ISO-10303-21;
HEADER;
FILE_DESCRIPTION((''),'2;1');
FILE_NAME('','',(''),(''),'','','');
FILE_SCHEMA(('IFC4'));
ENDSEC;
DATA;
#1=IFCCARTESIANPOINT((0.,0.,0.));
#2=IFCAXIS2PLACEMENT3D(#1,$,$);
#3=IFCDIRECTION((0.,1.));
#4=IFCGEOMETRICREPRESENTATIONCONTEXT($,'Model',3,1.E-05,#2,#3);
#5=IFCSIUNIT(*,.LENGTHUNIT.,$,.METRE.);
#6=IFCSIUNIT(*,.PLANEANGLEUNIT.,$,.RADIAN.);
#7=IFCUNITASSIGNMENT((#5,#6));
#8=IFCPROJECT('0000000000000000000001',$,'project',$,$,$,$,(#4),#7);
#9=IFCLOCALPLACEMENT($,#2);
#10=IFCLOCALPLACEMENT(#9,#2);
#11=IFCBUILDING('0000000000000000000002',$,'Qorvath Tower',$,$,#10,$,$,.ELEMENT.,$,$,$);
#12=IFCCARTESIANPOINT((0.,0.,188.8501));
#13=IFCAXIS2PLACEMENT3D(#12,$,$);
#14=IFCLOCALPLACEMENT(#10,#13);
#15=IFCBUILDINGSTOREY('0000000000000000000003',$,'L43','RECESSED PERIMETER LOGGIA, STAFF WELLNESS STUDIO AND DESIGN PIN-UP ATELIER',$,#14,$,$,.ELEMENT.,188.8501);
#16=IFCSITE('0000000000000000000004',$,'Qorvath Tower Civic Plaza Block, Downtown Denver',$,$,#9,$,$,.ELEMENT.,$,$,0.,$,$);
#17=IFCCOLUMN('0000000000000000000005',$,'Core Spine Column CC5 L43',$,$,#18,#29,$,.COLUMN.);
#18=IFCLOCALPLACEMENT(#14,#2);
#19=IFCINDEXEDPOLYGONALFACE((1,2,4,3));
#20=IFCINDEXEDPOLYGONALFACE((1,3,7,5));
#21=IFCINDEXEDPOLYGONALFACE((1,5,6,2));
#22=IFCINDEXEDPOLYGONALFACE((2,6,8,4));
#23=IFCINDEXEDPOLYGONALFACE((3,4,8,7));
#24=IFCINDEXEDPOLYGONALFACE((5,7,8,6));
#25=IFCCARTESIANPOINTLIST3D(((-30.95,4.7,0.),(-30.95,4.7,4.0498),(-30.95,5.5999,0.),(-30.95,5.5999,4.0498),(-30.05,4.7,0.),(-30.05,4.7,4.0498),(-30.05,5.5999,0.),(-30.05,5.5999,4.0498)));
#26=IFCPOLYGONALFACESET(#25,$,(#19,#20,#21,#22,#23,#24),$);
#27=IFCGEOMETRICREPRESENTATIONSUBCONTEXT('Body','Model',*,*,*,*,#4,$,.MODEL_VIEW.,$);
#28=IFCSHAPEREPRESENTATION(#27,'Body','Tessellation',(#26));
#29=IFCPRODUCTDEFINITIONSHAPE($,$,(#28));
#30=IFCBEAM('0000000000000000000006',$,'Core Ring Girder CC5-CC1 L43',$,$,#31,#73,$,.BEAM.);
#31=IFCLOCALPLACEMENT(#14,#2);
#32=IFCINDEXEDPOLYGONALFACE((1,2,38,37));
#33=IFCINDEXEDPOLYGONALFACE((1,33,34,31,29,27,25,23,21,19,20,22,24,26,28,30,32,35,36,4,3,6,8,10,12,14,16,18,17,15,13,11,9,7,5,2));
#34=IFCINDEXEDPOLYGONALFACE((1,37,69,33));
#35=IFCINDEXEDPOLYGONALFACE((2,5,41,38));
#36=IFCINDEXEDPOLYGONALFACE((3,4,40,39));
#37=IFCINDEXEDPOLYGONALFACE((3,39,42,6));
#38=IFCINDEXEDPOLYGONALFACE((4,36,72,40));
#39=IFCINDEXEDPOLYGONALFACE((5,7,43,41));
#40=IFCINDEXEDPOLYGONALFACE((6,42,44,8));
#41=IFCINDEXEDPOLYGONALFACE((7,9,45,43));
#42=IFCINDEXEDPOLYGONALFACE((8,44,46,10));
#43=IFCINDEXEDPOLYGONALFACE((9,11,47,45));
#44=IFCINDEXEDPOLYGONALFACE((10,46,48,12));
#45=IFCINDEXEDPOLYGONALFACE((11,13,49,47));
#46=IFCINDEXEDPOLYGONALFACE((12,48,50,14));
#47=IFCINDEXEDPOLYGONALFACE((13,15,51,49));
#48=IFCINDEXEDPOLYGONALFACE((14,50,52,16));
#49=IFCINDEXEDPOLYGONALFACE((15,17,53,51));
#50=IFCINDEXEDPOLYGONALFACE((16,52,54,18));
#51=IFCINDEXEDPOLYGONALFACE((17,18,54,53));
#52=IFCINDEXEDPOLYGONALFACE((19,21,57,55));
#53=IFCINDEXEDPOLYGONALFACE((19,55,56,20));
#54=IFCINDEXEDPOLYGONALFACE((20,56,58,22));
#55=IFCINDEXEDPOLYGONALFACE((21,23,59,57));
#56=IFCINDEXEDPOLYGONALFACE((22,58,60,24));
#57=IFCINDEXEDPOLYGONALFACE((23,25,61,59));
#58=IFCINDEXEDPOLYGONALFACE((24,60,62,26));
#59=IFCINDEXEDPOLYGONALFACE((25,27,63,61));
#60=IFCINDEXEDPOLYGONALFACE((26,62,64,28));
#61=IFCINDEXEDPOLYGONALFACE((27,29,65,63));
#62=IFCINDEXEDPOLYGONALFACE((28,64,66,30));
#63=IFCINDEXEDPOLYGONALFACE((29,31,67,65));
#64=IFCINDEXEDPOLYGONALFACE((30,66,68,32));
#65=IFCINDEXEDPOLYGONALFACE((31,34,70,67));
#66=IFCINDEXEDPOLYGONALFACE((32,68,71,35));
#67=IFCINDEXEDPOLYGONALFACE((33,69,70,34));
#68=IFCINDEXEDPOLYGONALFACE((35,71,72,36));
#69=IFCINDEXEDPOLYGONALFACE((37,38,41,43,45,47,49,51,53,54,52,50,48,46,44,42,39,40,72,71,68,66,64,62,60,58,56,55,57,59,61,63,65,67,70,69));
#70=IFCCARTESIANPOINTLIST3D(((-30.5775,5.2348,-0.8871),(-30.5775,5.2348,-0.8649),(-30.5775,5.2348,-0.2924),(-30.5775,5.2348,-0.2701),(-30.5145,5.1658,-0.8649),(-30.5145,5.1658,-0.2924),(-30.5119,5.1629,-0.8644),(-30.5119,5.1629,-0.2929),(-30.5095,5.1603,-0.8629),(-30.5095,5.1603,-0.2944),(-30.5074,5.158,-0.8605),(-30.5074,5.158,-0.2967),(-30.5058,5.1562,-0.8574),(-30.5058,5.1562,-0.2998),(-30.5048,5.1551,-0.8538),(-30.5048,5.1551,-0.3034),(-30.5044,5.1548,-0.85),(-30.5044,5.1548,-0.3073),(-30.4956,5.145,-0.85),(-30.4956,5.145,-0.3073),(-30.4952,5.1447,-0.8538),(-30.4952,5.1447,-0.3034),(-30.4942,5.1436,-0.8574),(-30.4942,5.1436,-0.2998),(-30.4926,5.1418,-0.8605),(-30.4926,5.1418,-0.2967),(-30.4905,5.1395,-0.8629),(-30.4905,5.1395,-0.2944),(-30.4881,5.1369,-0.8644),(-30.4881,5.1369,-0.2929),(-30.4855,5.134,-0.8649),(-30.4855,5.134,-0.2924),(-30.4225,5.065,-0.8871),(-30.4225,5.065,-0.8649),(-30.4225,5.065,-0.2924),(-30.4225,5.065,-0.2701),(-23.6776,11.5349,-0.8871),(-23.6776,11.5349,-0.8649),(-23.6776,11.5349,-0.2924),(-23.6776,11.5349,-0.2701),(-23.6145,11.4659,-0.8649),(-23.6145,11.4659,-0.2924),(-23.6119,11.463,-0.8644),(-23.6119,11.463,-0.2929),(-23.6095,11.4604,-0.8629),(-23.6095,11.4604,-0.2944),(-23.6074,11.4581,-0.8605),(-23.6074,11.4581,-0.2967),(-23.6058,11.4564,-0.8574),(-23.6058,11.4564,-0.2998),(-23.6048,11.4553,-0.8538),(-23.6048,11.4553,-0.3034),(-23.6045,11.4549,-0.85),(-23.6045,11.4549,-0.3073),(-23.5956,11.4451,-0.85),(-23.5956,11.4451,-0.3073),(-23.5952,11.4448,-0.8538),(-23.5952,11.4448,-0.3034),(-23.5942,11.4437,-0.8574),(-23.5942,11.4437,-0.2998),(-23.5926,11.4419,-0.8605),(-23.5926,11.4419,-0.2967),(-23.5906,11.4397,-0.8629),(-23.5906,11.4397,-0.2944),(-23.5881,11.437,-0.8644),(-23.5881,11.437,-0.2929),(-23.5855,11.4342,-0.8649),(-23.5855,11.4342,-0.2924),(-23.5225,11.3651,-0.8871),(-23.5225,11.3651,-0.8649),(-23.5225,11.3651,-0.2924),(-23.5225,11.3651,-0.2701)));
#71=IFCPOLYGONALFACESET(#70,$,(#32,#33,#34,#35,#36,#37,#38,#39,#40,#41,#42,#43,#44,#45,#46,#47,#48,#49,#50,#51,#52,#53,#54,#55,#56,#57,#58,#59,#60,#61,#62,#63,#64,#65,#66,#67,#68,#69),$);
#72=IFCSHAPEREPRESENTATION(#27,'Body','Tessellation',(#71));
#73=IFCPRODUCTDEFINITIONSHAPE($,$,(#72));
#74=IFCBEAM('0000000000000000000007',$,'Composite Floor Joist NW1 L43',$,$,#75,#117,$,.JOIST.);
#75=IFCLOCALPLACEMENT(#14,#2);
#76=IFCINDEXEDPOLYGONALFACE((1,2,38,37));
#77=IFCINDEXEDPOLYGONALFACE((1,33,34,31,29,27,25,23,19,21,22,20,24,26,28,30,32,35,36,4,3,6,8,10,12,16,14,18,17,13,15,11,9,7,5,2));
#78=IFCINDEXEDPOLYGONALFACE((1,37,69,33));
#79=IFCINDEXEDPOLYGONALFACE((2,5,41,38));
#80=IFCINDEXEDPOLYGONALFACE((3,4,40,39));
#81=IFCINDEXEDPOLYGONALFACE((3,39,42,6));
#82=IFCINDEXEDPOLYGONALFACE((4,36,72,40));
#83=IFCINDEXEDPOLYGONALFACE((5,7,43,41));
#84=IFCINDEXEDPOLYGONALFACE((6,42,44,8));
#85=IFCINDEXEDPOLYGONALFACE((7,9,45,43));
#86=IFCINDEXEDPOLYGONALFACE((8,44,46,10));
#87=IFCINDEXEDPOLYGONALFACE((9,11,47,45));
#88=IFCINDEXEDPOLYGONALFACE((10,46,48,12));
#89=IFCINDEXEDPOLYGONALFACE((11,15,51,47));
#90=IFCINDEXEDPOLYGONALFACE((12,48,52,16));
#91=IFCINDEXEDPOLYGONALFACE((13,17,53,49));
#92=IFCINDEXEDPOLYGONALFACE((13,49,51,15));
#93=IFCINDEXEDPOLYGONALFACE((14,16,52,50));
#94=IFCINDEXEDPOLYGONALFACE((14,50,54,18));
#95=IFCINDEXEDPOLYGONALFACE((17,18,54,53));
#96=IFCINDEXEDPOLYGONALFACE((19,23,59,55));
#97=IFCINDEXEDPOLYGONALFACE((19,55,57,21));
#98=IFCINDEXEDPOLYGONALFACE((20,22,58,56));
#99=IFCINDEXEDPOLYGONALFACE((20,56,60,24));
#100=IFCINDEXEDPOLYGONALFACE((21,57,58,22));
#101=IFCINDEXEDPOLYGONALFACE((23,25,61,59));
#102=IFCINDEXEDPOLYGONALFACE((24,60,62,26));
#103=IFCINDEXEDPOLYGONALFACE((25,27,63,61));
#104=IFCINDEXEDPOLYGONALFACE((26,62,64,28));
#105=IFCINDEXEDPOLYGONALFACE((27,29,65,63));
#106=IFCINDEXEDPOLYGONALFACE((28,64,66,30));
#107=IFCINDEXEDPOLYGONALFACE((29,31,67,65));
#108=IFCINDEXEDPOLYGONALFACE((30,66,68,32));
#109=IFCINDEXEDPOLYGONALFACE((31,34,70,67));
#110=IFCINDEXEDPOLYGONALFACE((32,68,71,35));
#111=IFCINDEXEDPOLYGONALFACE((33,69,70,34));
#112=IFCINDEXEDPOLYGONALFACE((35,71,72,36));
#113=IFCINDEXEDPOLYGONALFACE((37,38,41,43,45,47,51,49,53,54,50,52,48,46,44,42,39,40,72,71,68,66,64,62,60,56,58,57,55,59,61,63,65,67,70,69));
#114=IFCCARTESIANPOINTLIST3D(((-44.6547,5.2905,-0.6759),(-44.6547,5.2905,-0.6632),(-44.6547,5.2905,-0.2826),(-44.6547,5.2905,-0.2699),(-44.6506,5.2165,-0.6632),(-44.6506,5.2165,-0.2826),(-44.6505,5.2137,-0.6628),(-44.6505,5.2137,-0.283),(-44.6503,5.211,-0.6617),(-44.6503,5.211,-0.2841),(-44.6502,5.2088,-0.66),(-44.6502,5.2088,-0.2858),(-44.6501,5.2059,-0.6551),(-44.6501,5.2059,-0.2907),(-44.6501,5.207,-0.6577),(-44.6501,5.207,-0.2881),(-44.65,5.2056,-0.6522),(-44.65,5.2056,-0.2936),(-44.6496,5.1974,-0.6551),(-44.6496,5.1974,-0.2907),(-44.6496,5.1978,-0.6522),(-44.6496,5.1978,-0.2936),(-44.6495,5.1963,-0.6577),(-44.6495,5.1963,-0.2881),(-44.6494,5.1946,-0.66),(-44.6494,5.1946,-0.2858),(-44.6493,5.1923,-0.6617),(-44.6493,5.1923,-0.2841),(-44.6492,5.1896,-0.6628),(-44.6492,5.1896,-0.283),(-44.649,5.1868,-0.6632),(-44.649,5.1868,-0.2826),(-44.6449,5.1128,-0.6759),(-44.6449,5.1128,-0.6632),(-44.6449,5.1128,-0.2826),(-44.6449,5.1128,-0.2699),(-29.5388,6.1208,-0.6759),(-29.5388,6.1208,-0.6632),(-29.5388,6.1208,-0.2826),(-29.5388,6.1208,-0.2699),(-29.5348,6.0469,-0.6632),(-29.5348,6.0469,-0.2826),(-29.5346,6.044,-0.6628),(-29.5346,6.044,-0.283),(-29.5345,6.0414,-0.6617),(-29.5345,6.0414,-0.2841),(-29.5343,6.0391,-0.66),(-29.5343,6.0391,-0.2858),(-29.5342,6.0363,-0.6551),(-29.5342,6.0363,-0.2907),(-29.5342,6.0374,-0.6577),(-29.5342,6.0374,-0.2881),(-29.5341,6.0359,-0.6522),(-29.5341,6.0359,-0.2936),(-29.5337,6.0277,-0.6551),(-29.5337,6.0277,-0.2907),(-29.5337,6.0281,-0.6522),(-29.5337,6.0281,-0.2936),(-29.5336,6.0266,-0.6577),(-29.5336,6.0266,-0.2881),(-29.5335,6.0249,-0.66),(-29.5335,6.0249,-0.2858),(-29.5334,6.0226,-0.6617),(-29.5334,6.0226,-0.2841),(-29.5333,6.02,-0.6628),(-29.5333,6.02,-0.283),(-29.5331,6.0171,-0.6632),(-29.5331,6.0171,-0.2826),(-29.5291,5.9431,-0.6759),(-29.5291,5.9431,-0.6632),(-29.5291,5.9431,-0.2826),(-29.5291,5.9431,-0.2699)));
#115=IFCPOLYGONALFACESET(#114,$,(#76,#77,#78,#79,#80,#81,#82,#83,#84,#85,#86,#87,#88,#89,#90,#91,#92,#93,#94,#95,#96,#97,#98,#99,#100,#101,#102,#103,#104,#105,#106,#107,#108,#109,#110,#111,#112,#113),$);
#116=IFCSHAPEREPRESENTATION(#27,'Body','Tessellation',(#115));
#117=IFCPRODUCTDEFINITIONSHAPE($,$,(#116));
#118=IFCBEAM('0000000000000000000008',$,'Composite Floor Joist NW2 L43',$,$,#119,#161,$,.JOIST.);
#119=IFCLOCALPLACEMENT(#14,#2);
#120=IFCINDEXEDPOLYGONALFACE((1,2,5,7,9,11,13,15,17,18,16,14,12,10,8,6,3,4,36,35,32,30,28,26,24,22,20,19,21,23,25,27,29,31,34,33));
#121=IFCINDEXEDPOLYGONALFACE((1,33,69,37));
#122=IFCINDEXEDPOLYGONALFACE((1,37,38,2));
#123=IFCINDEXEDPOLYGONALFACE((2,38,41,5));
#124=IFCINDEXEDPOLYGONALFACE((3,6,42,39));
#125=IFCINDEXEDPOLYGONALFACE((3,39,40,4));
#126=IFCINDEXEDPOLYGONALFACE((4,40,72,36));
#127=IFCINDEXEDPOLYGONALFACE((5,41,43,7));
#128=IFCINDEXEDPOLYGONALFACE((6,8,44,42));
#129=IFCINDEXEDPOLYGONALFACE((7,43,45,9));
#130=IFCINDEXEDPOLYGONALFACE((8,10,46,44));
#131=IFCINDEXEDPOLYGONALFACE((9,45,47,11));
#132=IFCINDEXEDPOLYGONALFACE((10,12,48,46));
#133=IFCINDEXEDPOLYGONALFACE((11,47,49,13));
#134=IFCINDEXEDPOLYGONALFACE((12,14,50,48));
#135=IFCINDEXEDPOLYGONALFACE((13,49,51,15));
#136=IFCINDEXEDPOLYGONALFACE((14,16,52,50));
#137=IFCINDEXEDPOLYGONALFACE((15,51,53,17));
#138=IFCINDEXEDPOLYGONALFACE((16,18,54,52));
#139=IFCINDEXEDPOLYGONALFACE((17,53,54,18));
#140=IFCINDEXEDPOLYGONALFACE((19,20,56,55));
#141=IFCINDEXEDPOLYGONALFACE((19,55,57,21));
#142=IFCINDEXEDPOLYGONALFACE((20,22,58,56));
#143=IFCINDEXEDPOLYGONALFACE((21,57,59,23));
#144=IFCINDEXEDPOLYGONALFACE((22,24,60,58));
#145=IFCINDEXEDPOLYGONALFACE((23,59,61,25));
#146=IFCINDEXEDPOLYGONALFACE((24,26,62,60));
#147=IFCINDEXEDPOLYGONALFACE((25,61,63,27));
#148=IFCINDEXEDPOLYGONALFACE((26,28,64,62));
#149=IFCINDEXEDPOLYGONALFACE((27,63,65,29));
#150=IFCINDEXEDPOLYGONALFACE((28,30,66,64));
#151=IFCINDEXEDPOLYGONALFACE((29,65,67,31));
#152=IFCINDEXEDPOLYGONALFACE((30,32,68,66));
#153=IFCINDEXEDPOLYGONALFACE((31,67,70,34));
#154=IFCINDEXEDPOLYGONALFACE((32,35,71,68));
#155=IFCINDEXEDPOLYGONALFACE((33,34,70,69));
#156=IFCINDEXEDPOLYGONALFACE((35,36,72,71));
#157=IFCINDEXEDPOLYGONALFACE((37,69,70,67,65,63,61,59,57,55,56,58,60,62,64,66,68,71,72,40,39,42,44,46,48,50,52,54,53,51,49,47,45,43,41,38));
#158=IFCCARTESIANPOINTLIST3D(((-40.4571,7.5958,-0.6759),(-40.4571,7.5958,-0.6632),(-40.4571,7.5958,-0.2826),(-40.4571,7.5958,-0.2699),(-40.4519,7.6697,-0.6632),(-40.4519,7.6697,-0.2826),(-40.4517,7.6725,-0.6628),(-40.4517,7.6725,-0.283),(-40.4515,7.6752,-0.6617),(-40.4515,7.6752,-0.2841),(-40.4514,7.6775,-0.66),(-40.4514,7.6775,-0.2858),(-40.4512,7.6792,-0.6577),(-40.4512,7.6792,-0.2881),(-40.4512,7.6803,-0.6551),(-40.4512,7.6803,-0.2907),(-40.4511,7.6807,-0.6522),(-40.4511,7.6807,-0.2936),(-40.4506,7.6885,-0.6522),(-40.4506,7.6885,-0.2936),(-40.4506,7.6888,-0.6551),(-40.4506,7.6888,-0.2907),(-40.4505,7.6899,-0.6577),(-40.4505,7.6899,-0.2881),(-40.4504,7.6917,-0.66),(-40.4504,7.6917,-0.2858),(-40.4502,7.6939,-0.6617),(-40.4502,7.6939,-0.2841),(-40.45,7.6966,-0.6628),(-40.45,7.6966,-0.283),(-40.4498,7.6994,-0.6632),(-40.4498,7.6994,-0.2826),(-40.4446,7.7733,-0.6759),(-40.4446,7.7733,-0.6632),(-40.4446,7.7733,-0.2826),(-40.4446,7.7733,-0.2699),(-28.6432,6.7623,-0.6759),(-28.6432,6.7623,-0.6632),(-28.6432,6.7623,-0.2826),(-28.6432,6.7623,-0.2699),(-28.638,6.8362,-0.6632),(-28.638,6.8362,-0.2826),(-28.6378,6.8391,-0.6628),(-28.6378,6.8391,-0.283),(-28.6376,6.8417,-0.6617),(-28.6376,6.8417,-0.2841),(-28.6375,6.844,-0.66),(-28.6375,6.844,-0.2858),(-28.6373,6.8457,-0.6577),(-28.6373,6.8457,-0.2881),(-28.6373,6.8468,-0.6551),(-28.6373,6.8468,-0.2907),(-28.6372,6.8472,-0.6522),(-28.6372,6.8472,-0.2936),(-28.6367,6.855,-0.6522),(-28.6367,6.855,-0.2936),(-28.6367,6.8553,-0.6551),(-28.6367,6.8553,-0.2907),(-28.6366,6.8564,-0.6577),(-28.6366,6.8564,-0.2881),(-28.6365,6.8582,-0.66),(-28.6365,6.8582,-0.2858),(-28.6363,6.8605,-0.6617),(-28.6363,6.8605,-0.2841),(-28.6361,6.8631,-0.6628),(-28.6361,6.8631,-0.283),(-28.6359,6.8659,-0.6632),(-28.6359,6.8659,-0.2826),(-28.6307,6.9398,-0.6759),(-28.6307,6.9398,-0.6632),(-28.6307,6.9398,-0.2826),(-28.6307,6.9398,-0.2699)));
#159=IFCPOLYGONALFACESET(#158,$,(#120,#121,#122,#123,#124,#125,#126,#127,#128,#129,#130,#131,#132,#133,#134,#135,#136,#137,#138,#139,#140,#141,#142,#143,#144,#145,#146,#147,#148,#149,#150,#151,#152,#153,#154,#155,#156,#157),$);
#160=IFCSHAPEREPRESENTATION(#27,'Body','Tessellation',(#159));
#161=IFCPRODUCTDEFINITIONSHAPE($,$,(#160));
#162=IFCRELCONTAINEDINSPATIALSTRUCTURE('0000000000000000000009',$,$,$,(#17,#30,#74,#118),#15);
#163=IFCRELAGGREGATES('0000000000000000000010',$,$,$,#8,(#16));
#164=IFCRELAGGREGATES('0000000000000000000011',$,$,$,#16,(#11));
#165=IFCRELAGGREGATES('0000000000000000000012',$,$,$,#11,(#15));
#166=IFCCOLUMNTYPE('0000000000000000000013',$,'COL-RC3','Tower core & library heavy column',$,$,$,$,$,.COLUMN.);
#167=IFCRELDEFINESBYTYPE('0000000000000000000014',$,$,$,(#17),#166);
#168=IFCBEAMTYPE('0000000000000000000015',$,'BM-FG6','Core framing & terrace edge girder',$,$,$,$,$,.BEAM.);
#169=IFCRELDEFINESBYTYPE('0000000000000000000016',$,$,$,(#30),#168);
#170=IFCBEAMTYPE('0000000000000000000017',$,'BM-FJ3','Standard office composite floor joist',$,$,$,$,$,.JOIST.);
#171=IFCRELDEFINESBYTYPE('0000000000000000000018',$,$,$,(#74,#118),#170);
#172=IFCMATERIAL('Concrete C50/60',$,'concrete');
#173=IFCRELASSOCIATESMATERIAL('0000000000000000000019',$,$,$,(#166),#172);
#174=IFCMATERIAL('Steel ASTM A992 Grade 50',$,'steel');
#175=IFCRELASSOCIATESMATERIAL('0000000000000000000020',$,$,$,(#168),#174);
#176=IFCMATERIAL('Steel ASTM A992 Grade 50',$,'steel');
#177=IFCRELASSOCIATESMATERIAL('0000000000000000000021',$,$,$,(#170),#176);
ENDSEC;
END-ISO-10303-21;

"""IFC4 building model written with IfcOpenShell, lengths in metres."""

from ifc_helpers import new_model, si_unit, direction, frame, origin, origin_2d, place, context, subcontext, project, spatial, rectangle, i_section, extrude, material, material_profile, profile_set, type_object, element, save


model = new_model("IFC4")

# Units and contexts
model_context = context("Model", 3, precision=1e-05, world=origin(), true_north=direction((0.0, 1.0)))
body_context = subcontext(model_context, "Body", "Model", "MODEL_VIEW")
ifc_project = project(units=[si_unit("LENGTHUNIT", "METRE"), si_unit("PLANEANGLEUNIT", "RADIAN")], contexts=[model_context])

# Site, building, storey
site_placement = place(None, origin())
site = spatial("IfcSite", under=ifc_project, at=site_placement, Name="Qorvath Tower Civic Plaza Block, Downtown Denver", CompositionType="ELEMENT", RefElevation=0.0)
building_placement = place(site_placement, origin())
building = spatial("IfcBuilding", under=site, at=building_placement, Name="Qorvath Tower", CompositionType="ELEMENT")
storey_placement = place(building_placement, frame((0.0, 0.0, 188.8501)))
storey = spatial("IfcBuildingStorey", under=building, at=storey_placement, Name="L43", Description="RECESSED PERIMETER LOGGIA, STAFF WELLNESS STUDIO AND DESIGN PIN-UP ATELIER", CompositionType="ELEMENT", Elevation=188.8501)

# Column
ifc_material_1 = material(Name="Concrete C50/60", Category="concrete")
ifc_material_profile_1 = material_profile(ifc_material_1, rectangle(XDim=0.8999, YDim=0.8999, at=origin_2d()), Name="RC 900x900")
ifc_profile_set_1 = profile_set([ifc_material_profile_1], Name="Concrete C50/60")
column_type = type_object("IfcColumnType", Name="COL-RC3", Description="Tower core & library heavy column", PredefinedType="COLUMN", material=ifc_profile_set_1)
column_placement = place(storey_placement, frame((-30.5, 5.1499, 0.0), z_axis=(0.0, 0.0, 1.0), x_axis=(1.0, 0.0, 0.0)))
element("IfcColumn", 1, at=column_placement, inside=storey, type_object=column_type, Name="Core Spine Column CC5 L43", PredefinedType="COLUMN", context=body_context, shape_type="SweptSolid", body=[
    extrude(rectangle(XDim=0.8999, YDim=0.8999, at=origin_2d()), origin(), (0.0, 0.0, 1.0), 4.0498),
])

# Beams
ifc_material_2 = material(Name="Steel ASTM A992 Grade 50", Category="steel")
ifc_material_profile_2 = material_profile(ifc_material_2, i_section(OverallWidth=0.23, OverallDepth=0.6169, WebThickness=0.0132, FlangeThickness=0.0222, FilletRadius=0.0149, at=origin_2d()), Name="W24x94")
ifc_profile_set_2 = profile_set([ifc_material_profile_2], Name="Steel ASTM A992 Grade 50")
beam_type_1 = type_object("IfcBeamType", Name="BM-FG6", Description="Core framing & terrace edge girder", PredefinedType="BEAM", material=ifc_profile_set_2)
beam_1_placement = place(storey_placement, frame((-30.5, 5.1499, -0.5786), z_axis=(0.738478, 0.674277, 0.0), x_axis=(-0.674277, 0.738478, 0.0)))
element("IfcBeam", 2, at=beam_1_placement, inside=storey, type_object=beam_type_1, Name="Core Ring Girder CC5-CC1 L43", PredefinedType="BEAM", context=body_context, shape_type="SweptSolid", body=[
    extrude(i_section(OverallWidth=0.23, OverallDepth=0.6169, WebThickness=0.0132, FlangeThickness=0.0222, FilletRadius=0.0149, at=origin_2d()), origin(), (0.0, 0.0, 1.0), 9.3435),
])
ifc_material_3 = material(Name="Steel ASTM A992 Grade 50", Category="steel")
ifc_material_profile_3 = material_profile(ifc_material_3, i_section(OverallWidth=0.178, OverallDepth=0.406, WebThickness=0.0078, FlangeThickness=0.0127, FilletRadius=0.011, at=origin_2d()), Name="W16x40")
ifc_profile_set_3 = profile_set([ifc_material_profile_3], Name="Steel ASTM A992 Grade 50")
beam_type_2 = type_object("IfcBeamType", Name="BM-FJ3", Description="Standard office composite floor joist", PredefinedType="JOIST", material=ifc_profile_set_3)
beam_2_placement = place(storey_placement, frame((-29.5339, 6.032, -0.4729), z_axis=(-0.998495, -0.054847, 0.0), x_axis=(0.054847, -0.998495, 0.0)))
element("IfcBeam", 3, at=beam_2_placement, inside=storey, type_object=beam_type_2, Name="Composite Floor Joist NW1 L43", PredefinedType="JOIST", context=body_context, shape_type="SweptSolid", body=[
    extrude(i_section(OverallWidth=0.178, OverallDepth=0.406, WebThickness=0.0078, FlangeThickness=0.0127, FilletRadius=0.011, at=origin_2d()), origin(), (0.0, 0.0, 1.0), 15.1387),
])
beam_3_placement = place(storey_placement, frame((-28.637, 6.8511, -0.4729), z_axis=(-0.99752, 0.070377, 0.0), x_axis=(-0.070377, -0.99752, 0.0)))
element("IfcBeam", 4, at=beam_3_placement, inside=storey, type_object=beam_type_2, Name="Composite Floor Joist NW2 L43", PredefinedType="JOIST", context=body_context, shape_type="SweptSolid", body=[
    extrude(i_section(OverallWidth=0.178, OverallDepth=0.406, WebThickness=0.0078, FlangeThickness=0.0127, FilletRadius=0.011, at=origin_2d()), origin(), (0.0, 0.0, 1.0), 11.8433),
])

save(model, "model.ifc")
